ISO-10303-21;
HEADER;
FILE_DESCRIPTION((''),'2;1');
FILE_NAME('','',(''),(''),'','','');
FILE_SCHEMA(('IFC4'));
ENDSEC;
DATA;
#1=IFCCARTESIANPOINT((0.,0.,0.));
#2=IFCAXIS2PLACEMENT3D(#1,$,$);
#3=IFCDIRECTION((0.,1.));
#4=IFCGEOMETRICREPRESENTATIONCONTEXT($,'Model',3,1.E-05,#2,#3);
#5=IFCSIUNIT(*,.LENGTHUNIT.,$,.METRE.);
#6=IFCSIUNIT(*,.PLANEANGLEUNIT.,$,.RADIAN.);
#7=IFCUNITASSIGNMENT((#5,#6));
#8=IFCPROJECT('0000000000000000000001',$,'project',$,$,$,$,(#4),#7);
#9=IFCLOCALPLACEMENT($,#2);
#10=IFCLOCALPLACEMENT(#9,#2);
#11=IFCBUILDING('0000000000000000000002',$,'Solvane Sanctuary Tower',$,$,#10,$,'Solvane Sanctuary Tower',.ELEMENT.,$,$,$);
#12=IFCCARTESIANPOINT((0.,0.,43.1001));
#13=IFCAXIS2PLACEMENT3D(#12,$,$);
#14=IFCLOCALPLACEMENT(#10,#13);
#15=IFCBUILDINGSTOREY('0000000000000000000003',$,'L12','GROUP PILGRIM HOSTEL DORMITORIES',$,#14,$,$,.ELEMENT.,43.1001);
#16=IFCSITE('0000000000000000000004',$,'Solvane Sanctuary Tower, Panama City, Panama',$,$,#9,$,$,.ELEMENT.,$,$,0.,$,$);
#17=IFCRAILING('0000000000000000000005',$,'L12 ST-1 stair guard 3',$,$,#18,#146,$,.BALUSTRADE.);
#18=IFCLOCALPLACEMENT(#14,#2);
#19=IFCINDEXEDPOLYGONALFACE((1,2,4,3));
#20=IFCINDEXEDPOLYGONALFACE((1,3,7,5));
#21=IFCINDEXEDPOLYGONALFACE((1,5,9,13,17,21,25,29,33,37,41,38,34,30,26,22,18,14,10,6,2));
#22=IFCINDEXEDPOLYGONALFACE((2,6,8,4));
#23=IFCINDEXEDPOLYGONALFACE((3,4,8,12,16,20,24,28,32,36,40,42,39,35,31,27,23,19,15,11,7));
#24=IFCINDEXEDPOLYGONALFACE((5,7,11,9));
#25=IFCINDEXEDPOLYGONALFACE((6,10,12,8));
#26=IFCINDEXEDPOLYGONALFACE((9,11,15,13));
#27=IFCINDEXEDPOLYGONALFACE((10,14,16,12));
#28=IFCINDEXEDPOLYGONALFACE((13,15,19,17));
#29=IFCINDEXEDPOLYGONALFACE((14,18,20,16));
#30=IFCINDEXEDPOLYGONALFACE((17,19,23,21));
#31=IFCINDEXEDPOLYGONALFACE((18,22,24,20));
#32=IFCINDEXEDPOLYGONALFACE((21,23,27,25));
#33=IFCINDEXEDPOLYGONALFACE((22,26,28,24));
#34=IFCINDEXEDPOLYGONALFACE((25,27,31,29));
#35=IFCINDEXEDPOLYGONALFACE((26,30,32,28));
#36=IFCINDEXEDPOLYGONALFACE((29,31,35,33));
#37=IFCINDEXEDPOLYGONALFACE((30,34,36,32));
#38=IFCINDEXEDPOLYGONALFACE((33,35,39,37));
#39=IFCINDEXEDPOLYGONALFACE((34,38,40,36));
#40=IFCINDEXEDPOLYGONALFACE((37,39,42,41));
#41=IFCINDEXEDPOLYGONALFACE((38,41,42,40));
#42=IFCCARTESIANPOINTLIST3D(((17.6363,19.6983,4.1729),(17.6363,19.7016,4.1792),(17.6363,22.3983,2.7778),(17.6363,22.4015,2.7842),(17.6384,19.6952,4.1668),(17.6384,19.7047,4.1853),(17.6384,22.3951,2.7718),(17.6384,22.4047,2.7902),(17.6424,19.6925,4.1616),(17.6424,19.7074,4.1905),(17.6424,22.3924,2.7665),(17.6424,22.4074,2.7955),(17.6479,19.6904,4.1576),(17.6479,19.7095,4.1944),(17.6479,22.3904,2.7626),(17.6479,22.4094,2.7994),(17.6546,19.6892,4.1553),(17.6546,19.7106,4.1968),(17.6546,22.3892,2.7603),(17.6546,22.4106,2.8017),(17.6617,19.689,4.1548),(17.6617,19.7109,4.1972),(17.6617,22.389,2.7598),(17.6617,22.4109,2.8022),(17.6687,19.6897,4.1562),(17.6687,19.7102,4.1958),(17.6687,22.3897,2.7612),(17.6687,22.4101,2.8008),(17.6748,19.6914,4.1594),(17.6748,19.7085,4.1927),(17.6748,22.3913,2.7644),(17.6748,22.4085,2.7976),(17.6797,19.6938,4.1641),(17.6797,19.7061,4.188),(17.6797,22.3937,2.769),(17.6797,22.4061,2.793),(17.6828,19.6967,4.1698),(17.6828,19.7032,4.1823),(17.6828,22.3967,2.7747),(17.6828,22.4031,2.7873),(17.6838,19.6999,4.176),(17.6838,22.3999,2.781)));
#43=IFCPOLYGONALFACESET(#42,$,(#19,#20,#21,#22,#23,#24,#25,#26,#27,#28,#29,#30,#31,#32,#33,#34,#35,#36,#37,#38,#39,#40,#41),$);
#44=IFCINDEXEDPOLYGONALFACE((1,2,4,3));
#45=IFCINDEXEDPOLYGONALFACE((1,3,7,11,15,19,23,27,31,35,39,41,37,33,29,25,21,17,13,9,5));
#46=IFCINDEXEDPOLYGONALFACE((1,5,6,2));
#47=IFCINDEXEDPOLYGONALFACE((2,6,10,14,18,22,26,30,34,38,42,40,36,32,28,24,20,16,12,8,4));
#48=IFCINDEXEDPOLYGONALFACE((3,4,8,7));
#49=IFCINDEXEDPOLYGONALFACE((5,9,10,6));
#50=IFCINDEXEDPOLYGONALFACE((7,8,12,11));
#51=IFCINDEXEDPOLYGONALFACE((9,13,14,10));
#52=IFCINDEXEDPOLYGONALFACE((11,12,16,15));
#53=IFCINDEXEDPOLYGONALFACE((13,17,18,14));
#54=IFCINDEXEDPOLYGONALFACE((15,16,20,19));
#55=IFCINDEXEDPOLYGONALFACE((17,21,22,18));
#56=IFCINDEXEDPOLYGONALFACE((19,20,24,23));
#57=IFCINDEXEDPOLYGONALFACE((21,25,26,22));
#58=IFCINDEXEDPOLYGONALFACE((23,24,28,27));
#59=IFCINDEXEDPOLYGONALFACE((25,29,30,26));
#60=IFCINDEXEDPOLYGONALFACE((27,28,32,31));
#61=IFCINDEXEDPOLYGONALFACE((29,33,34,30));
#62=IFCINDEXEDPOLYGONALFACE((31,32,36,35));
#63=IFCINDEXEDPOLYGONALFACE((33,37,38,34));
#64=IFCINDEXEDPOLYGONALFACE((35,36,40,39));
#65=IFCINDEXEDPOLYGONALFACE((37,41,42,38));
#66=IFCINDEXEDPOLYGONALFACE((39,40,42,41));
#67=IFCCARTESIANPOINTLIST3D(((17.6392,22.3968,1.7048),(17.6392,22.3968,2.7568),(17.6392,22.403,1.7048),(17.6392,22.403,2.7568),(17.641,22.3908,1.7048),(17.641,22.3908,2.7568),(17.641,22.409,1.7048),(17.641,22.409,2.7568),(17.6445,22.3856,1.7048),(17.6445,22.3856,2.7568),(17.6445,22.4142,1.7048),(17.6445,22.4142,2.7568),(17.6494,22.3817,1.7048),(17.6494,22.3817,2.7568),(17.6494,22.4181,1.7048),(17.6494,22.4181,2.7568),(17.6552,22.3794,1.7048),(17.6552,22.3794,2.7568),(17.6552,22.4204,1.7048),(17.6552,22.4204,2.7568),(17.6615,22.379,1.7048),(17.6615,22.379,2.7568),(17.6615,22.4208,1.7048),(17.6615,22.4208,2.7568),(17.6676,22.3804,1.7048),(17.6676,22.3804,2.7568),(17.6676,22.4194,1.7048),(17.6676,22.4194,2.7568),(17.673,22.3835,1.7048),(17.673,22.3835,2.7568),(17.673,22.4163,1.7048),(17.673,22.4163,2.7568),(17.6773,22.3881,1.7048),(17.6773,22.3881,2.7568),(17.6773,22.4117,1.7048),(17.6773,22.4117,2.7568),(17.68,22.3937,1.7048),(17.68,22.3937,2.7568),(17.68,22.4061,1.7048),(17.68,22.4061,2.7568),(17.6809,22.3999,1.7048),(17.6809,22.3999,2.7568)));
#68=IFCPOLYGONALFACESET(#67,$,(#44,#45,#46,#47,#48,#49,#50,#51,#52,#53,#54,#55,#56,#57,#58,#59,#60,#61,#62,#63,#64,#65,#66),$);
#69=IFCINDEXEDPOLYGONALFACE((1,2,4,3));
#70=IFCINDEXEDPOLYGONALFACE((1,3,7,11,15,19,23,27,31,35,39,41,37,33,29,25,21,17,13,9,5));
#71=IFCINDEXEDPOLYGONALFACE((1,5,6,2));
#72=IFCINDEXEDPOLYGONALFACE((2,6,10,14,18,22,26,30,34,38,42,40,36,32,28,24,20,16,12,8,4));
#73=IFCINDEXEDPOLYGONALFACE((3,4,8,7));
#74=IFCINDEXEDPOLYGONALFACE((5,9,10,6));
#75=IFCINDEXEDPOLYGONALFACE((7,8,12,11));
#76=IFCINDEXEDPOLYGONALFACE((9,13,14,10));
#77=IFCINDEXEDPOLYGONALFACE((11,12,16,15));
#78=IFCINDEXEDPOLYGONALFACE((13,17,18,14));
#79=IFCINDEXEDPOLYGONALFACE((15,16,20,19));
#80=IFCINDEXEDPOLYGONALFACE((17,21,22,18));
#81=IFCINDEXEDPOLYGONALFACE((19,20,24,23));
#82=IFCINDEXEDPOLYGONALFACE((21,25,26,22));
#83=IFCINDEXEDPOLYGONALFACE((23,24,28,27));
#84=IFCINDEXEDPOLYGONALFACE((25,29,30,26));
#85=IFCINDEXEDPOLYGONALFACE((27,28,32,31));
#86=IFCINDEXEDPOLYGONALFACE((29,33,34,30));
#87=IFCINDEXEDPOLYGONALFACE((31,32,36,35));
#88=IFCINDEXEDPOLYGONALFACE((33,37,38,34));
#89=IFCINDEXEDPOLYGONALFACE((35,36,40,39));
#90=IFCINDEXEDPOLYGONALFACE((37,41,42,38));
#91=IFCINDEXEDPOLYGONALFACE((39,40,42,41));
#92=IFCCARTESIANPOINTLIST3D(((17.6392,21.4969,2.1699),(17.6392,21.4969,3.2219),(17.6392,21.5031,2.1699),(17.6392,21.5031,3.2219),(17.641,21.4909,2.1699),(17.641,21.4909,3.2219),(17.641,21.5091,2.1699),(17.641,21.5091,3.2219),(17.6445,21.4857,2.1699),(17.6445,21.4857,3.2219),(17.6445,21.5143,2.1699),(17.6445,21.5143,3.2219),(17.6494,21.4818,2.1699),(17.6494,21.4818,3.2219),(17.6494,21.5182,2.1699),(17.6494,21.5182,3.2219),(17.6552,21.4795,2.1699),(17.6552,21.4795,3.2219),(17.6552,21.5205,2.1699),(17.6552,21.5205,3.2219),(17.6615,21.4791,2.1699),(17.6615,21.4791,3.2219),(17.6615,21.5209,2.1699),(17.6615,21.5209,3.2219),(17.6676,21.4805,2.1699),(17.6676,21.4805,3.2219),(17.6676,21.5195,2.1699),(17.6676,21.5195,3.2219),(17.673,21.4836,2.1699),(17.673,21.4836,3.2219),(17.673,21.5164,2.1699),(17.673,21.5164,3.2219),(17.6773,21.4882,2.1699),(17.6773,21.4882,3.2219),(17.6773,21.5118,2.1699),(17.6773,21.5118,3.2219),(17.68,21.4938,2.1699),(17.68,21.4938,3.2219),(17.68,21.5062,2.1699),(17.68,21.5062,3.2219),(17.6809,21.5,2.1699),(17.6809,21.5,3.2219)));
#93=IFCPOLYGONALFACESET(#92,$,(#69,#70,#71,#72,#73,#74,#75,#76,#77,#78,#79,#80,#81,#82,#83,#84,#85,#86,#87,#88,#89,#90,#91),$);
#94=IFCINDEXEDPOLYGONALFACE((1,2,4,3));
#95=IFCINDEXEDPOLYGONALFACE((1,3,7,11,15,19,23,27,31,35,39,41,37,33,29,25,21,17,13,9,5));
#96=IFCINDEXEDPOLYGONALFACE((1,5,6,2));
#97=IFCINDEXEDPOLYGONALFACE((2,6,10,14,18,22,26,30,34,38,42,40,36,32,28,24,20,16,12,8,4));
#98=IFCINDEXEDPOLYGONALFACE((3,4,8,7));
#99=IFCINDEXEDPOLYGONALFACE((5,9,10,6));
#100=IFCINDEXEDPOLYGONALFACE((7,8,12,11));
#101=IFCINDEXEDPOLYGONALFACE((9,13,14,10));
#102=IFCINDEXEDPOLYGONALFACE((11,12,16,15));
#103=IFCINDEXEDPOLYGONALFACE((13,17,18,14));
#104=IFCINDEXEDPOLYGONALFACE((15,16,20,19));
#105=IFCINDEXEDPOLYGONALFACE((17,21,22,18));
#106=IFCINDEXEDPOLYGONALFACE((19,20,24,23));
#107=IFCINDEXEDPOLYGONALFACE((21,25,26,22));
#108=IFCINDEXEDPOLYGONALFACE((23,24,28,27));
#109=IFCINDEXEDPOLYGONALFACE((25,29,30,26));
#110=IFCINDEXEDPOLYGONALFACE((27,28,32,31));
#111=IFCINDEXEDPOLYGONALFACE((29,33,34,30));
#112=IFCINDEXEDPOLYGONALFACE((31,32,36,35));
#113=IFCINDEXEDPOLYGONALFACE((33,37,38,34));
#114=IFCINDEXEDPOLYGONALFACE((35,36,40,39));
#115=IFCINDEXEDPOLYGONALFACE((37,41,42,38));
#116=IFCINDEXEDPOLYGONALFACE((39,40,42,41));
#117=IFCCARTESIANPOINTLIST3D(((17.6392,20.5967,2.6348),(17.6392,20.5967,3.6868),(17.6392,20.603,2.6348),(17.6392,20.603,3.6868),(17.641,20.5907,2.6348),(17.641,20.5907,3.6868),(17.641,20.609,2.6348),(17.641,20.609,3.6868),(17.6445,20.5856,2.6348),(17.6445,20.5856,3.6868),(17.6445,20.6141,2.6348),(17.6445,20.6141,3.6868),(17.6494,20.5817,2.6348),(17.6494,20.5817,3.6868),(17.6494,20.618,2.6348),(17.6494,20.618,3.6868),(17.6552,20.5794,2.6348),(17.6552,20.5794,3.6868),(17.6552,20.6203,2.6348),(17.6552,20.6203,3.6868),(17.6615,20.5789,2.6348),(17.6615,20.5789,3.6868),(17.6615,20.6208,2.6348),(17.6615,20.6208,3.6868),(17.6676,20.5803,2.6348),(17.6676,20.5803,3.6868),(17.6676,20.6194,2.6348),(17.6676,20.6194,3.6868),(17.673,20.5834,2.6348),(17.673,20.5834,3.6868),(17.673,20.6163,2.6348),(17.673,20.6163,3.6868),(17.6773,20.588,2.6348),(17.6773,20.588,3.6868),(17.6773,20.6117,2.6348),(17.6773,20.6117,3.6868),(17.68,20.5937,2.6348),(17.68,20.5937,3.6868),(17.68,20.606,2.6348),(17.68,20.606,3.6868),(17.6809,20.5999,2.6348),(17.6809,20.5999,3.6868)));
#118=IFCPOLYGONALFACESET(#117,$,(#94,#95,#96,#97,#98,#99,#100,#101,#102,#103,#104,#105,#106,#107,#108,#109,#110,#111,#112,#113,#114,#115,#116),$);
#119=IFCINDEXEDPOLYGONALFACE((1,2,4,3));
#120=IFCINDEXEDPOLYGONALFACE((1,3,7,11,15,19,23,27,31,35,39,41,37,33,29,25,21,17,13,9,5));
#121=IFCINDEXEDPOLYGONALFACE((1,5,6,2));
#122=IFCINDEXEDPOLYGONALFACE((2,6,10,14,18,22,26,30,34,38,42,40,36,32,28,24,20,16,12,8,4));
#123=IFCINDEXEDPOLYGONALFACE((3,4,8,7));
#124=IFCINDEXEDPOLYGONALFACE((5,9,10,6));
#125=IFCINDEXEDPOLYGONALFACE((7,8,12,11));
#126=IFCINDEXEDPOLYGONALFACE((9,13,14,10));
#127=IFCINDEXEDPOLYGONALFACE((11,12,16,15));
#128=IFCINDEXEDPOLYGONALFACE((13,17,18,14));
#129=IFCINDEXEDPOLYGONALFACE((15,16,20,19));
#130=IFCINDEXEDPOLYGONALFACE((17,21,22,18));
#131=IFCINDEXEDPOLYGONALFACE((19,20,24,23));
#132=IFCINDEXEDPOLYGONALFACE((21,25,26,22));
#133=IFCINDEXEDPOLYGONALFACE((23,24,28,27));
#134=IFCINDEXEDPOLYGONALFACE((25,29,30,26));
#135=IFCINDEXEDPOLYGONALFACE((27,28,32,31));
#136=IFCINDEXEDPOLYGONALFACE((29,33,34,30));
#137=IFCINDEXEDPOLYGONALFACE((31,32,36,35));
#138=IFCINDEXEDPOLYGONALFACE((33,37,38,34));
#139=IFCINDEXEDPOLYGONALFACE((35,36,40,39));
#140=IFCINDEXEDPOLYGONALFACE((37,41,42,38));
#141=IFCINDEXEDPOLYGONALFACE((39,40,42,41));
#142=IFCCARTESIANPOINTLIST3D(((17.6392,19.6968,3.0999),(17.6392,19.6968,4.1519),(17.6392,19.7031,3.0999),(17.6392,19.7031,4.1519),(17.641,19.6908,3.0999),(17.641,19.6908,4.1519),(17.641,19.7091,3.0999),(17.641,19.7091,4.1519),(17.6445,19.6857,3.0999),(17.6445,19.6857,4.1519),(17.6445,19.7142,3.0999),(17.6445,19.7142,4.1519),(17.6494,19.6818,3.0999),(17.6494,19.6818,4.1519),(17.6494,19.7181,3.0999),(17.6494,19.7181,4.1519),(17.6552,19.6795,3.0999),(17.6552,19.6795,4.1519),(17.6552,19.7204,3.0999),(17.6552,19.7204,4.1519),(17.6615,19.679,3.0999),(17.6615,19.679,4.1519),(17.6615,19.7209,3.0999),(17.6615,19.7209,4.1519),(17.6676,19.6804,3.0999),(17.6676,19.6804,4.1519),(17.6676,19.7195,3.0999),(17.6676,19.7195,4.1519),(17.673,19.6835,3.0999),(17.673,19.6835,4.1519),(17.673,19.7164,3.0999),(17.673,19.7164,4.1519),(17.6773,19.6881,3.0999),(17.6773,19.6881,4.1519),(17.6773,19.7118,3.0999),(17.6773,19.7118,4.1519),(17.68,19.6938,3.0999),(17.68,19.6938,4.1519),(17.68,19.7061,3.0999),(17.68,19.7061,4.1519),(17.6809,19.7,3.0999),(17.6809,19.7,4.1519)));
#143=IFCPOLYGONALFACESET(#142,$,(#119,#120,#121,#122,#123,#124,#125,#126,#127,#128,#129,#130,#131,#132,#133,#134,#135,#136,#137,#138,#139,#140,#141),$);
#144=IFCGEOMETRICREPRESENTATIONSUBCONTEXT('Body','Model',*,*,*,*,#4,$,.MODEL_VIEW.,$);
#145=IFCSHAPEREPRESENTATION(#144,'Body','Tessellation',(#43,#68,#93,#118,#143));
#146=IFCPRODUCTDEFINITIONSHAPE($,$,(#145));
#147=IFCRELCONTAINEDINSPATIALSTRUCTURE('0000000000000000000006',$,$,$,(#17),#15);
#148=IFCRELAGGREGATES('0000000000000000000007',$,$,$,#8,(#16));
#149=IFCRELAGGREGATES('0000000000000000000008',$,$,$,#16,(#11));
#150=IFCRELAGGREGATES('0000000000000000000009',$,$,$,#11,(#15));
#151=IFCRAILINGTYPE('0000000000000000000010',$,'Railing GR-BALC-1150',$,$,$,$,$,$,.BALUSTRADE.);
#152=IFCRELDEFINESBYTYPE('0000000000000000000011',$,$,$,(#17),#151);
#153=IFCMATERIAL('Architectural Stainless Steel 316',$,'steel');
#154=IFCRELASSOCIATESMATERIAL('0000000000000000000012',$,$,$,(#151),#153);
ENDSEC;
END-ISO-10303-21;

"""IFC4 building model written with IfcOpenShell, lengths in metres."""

from ifc_helpers import new_model, si_unit, direction, frame, origin, origin_2d, place, context, subcontext, project, spatial, circle, extrude, material, type_object, element, save


model = new_model("IFC4")

# Units and contexts
model_context = context("Model", 3, precision=1e-05, world=origin(), true_north=direction((0.0, 1.0)))
body_context = subcontext(model_context, "Body", "Model", "MODEL_VIEW")
ifc_project = project(units=[si_unit("LENGTHUNIT", "METRE"), si_unit("PLANEANGLEUNIT", "RADIAN")], contexts=[model_context])

# Site, building, storey
site_placement = place(None, origin())
site = spatial("IfcSite", under=ifc_project, at=site_placement, Name="Solvane Sanctuary Tower, Panama City, Panama", CompositionType="ELEMENT", RefElevation=0.0)
building_placement = place(site_placement, origin())
building = spatial("IfcBuilding", under=site, at=building_placement, Name="Solvane Sanctuary Tower", LongName="Solvane Sanctuary Tower", CompositionType="ELEMENT")
storey_placement = place(building_placement, frame((0.0, 0.0, 43.1001)))
storey = spatial("IfcBuildingStorey", under=building, at=storey_placement, Name="L12", Description="GROUP PILGRIM HOSTEL DORMITORIES", CompositionType="ELEMENT", Elevation=43.1001)

# Shared definitions
ifc_material_1 = material(Name="Architectural Stainless Steel 316", Category="steel")

# Railing
railing_type_1 = type_object("IfcRailingType", Name="Railing GR-BALC-1150", PredefinedType="BALUSTRADE", material=ifc_material_1)
railing_1_placement = place(storey_placement, frame((17.6599, 22.3999, 1.7048)))
element("IfcRailing", 1, at=railing_1_placement, inside=storey, type_object=railing_type_1, Name="L12 ST-1 stair guard 3", PredefinedType="BALUSTRADE", context=body_context, shape_type="SweptSolid", body=[
    extrude(circle(Radius=0.0239, at=origin_2d()), frame((0.0, 0.0, 1.0762), z_axis=(0.0, -0.88842, 0.459032), x_axis=(1.0, 0.0, 0.0)), (0.0, 0.0, 1.0), 3.0391),
    extrude(circle(Radius=0.021, at=origin_2d()), origin(), (0.0, 0.0, 1.0), 1.052),
    extrude(circle(Radius=0.021, at=origin_2d()), frame((0.0, -0.8999, 0.4651)), (0.0, 0.0, 1.0), 1.052),
    extrude(circle(Radius=0.021, at=origin_2d()), frame((0.0, -1.8, 0.9299)), (0.0, 0.0, 1.0), 1.052),
    extrude(circle(Radius=0.021, at=origin_2d()), frame((0.0, -2.7, 1.395)), (0.0, 0.0, 1.0), 1.052),
])

save(model, "model.ifc")
